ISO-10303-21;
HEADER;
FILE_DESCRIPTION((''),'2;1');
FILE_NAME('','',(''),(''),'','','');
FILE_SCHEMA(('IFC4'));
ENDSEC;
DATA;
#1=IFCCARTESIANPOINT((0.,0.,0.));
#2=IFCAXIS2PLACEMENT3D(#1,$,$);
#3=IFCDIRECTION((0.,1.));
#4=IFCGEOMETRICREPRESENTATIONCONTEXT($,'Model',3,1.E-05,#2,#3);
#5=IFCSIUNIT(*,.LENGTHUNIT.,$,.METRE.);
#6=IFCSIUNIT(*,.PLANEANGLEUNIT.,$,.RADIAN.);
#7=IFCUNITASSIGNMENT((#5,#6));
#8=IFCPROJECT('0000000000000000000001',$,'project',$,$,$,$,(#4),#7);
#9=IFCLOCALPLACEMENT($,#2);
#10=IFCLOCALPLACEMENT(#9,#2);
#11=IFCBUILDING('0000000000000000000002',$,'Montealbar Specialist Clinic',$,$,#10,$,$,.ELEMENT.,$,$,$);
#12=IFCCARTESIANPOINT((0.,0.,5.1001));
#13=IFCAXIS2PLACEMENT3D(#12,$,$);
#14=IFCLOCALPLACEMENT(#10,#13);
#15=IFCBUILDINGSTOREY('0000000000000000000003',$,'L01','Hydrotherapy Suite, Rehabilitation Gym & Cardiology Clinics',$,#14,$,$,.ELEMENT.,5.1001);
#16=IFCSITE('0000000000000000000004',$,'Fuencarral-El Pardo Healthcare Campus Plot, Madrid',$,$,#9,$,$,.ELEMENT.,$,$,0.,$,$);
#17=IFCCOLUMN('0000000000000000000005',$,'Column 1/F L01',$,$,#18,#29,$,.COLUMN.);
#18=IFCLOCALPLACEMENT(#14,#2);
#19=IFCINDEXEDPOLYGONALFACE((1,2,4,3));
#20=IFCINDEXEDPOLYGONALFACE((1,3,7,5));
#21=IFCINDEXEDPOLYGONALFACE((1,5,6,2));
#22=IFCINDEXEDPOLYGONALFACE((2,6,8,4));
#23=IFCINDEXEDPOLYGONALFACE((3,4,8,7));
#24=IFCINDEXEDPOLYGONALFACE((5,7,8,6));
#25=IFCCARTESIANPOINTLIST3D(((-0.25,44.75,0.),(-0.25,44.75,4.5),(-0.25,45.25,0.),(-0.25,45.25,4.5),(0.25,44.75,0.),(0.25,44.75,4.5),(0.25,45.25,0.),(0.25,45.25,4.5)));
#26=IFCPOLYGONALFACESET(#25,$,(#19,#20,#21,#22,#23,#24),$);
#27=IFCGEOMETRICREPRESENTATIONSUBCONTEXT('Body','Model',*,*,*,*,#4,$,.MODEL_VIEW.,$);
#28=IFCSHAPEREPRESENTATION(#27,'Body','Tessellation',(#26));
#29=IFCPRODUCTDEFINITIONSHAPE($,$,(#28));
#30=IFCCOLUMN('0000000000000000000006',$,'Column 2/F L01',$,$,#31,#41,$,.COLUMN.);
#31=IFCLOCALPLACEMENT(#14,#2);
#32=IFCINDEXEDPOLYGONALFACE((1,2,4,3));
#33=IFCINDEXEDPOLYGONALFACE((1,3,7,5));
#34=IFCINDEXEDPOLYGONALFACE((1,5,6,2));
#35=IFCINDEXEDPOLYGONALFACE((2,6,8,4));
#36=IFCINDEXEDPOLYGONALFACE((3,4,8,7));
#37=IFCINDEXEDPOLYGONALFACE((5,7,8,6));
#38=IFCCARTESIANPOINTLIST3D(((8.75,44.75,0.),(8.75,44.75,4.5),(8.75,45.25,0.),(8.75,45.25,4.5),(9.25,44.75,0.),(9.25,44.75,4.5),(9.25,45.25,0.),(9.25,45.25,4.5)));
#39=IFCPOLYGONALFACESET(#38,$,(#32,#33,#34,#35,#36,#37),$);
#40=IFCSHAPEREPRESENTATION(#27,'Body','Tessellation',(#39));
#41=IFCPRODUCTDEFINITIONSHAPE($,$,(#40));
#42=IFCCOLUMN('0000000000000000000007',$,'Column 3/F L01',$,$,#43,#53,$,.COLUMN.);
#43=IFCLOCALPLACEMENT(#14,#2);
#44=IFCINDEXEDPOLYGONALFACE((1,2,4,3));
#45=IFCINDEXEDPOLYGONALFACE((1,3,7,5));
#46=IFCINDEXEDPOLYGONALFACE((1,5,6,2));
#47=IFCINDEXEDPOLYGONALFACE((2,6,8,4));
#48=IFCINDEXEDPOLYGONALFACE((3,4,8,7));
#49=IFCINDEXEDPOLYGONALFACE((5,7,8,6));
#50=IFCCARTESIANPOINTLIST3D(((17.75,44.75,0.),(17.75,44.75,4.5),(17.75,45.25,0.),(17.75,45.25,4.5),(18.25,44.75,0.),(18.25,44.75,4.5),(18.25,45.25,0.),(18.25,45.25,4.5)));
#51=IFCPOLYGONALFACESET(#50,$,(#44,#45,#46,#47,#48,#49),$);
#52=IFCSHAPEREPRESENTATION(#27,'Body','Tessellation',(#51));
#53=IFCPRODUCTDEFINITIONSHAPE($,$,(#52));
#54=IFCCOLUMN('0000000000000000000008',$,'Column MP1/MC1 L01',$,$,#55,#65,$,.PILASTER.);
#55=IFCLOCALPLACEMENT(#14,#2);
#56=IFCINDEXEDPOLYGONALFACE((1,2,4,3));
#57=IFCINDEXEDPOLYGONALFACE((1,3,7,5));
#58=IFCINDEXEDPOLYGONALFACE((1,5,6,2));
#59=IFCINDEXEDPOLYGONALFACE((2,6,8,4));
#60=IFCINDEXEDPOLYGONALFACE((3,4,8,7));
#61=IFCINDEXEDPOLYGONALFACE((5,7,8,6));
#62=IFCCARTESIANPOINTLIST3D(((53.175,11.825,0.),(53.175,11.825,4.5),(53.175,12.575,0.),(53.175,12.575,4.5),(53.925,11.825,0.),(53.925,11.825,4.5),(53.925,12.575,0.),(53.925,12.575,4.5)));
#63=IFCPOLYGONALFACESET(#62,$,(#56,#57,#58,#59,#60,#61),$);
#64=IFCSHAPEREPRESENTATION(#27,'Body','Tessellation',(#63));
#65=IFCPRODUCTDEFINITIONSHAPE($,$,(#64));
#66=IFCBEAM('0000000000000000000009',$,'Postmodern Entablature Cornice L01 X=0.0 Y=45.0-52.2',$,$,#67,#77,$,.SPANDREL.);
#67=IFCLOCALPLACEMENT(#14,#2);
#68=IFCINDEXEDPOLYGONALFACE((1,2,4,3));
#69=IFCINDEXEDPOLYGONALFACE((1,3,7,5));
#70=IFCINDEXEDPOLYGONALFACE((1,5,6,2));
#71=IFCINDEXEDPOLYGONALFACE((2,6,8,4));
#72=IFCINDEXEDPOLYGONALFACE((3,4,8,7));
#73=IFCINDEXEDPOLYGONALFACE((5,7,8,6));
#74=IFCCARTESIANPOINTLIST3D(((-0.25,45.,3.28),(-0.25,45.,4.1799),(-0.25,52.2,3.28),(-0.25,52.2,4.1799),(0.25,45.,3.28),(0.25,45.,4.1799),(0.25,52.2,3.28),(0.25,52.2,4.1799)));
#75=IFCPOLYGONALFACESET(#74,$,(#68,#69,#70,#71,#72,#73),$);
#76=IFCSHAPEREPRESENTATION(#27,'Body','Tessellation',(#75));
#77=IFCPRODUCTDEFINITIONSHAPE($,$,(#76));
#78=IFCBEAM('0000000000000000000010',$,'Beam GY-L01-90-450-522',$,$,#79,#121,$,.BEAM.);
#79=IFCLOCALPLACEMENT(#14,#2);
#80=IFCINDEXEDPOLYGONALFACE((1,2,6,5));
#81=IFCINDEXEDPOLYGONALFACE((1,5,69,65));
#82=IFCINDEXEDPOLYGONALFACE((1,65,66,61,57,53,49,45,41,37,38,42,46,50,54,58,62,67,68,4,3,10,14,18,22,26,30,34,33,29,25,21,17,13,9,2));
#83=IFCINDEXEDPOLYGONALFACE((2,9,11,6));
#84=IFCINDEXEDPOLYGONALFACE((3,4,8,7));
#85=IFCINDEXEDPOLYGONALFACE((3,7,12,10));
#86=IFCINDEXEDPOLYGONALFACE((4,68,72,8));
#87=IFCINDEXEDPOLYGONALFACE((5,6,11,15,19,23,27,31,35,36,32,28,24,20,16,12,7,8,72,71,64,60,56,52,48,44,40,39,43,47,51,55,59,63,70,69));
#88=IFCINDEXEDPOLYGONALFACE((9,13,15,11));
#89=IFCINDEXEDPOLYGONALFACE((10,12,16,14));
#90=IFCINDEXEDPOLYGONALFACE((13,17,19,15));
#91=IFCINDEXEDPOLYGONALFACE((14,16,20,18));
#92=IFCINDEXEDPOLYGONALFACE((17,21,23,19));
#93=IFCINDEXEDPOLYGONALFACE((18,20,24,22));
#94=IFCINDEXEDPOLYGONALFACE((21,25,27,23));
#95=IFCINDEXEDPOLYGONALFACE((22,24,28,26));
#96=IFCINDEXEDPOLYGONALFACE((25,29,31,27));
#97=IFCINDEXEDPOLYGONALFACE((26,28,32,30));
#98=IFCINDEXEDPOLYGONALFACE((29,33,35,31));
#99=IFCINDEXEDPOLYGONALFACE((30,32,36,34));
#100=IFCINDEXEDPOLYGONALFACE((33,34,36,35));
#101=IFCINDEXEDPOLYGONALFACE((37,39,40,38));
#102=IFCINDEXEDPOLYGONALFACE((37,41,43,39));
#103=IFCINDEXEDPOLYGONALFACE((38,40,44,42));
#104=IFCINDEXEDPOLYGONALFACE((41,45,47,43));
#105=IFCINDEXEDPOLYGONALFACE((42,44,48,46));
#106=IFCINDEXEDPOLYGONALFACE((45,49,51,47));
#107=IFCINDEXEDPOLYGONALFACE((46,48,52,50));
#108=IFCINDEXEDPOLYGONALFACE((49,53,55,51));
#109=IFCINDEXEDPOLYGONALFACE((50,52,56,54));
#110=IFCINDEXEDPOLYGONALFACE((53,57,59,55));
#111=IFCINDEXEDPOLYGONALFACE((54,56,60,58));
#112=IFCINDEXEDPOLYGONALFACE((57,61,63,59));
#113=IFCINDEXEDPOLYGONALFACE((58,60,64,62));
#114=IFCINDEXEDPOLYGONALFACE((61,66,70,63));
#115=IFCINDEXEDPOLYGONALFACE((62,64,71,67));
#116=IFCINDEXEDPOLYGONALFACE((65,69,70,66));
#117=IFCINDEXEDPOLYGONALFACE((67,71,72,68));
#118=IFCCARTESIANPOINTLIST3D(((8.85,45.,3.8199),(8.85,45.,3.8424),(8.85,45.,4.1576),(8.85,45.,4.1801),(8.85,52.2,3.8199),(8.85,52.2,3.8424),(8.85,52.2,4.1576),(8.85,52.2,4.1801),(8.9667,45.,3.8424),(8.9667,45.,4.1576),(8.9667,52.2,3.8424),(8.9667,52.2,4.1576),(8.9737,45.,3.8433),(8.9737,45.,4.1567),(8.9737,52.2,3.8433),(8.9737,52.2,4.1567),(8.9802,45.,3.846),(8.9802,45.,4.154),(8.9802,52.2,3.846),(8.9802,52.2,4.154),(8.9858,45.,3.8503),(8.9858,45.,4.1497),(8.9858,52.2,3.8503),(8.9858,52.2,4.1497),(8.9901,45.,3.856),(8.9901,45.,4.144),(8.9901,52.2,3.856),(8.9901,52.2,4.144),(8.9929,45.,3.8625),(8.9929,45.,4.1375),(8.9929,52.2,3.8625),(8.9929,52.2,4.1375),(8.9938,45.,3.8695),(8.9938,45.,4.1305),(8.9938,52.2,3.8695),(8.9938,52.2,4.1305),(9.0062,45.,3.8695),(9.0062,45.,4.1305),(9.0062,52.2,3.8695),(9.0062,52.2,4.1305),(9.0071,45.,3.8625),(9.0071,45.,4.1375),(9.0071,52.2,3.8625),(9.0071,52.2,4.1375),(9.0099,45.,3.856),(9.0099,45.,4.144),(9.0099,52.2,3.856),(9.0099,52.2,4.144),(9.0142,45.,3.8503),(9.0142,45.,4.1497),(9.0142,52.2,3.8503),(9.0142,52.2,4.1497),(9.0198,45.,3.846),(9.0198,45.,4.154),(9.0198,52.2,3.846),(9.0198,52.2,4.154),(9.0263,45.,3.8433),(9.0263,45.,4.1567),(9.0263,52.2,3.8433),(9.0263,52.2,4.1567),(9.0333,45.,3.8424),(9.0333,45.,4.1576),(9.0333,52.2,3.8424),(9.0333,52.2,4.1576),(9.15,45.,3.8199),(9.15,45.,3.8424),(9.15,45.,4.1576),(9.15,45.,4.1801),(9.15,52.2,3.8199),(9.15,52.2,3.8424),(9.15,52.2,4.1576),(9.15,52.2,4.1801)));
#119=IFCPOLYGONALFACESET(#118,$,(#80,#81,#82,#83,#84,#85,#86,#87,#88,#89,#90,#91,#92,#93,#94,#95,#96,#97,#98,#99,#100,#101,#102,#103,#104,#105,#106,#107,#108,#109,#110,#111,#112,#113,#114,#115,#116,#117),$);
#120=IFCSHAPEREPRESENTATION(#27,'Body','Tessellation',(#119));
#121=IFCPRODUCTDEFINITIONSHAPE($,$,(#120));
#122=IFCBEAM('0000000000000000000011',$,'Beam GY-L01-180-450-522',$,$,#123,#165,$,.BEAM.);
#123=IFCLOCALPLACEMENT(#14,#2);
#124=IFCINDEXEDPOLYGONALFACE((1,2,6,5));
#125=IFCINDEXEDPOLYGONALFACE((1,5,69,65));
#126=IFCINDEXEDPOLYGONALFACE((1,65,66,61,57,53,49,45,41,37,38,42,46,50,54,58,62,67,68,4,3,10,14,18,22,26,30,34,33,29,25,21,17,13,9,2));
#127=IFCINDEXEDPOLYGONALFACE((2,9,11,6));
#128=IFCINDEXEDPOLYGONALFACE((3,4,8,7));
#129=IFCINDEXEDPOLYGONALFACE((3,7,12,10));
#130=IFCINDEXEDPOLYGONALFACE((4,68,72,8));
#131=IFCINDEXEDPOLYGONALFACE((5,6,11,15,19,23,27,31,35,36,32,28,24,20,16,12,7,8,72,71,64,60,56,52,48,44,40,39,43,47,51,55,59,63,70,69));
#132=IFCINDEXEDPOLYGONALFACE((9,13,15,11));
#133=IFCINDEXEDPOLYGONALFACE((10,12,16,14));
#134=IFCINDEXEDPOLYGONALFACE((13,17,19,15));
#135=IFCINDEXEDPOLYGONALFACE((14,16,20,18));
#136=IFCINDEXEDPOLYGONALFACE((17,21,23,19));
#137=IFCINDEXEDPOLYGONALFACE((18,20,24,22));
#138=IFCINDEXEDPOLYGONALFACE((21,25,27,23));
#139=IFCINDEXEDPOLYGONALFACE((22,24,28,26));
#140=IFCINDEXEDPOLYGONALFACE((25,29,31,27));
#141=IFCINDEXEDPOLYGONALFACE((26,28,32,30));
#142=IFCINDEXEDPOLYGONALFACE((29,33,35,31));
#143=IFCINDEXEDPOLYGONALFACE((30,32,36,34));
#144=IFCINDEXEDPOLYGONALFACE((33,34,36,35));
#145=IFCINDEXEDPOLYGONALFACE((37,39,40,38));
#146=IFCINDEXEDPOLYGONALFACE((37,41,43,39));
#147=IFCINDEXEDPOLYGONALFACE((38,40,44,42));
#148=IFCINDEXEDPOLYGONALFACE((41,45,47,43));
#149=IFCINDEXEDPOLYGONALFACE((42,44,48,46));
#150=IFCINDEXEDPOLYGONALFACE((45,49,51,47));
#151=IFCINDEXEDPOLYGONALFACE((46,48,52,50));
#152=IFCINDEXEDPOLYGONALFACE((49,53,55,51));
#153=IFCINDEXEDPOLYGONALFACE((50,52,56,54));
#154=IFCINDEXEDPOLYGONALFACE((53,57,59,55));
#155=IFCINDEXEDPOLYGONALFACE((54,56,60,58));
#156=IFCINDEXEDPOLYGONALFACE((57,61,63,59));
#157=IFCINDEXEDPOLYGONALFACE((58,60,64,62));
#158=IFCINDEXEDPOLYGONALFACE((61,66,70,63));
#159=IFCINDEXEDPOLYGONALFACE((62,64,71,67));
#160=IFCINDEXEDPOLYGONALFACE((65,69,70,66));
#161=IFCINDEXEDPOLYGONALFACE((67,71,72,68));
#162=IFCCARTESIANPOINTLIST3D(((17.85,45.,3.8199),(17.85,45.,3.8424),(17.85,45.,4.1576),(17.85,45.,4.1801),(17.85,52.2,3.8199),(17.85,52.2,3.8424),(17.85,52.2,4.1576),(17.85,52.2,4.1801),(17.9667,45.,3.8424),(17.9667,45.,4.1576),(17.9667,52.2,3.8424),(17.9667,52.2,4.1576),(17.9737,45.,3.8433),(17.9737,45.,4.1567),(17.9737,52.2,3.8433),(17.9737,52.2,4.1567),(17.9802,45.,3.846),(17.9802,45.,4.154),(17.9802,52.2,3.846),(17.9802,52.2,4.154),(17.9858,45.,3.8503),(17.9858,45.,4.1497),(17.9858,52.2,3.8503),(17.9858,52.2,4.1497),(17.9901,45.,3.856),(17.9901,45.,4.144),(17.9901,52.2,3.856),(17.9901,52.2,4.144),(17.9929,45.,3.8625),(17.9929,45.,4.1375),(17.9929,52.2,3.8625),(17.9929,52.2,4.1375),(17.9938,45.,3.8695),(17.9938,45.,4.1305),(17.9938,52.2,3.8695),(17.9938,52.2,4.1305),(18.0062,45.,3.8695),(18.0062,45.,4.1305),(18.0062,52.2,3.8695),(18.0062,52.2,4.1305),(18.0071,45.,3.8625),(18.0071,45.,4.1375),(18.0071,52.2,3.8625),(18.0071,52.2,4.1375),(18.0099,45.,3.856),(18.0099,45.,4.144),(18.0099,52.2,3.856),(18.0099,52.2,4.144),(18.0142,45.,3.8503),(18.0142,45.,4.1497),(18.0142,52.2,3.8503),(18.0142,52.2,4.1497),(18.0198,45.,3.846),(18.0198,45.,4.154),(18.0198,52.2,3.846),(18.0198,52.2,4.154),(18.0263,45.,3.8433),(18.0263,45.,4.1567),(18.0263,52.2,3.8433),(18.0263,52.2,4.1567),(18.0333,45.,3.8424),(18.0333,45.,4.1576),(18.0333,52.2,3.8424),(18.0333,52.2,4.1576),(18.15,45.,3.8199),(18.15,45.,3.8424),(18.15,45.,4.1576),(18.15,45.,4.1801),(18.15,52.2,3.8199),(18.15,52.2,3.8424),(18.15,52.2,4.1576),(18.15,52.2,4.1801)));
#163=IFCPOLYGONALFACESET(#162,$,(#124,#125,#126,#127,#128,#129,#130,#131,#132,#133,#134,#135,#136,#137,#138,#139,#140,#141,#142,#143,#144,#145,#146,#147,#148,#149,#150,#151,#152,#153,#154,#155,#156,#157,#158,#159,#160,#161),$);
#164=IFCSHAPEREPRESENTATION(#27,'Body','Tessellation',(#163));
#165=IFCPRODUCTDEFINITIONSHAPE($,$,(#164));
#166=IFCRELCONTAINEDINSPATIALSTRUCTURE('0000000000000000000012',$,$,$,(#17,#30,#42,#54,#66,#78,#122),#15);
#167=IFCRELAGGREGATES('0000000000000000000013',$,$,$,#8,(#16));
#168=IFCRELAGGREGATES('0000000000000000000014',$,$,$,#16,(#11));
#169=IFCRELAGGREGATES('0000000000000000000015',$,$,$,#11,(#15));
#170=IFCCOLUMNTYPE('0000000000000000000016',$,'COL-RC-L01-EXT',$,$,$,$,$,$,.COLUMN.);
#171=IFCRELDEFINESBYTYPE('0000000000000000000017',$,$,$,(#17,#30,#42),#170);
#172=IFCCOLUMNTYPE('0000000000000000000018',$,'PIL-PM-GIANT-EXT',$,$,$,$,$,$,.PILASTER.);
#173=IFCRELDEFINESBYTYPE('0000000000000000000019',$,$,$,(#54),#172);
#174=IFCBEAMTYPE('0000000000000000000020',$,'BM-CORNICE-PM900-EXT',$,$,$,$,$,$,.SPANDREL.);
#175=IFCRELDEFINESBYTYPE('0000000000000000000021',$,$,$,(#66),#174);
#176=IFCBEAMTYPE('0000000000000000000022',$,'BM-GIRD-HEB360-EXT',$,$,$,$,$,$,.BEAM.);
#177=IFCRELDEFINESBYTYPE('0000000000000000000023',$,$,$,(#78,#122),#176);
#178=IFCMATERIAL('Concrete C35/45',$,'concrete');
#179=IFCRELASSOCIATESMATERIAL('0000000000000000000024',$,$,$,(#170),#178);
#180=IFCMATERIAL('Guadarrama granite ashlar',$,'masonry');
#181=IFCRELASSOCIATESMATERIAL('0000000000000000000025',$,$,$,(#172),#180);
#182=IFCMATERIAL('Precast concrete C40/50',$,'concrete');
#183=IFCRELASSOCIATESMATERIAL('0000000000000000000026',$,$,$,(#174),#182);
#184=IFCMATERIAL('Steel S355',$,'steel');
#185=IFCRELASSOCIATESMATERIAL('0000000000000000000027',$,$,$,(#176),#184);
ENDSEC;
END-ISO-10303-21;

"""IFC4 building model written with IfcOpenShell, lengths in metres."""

from ifc_helpers import new_model, si_unit, direction, frame, origin, origin_2d, place, context, subcontext, project, spatial, rectangle, i_section, extrude, material, material_profile, profile_set, type_object, element, save


model = new_model("IFC4")

# Units and contexts
model_context = context("Model", 3, precision=1e-05, world=origin(), true_north=direction((0.0, 1.0)))
body_context = subcontext(model_context, "Body", "Model", "MODEL_VIEW")
ifc_project = project(units=[si_unit("LENGTHUNIT", "METRE"), si_unit("PLANEANGLEUNIT", "RADIAN")], contexts=[model_context])

# Site, building, storey
site_placement = place(None, origin())
site = spatial("IfcSite", under=ifc_project, at=site_placement, Name="Fuencarral-El Pardo Healthcare Campus Plot, Madrid", CompositionType="ELEMENT", RefElevation=0.0)
building_placement = place(site_placement, origin())
building = spatial("IfcBuilding", under=site, at=building_placement, Name="Montealbar Specialist Clinic", CompositionType="ELEMENT")
storey_placement = place(building_placement, frame((0.0, 0.0, 5.1001)))
storey = spatial("IfcBuildingStorey", under=building, at=storey_placement, Name="L01", Description="Hydrotherapy Suite, Rehabilitation Gym & Cardiology Clinics", CompositionType="ELEMENT", Elevation=5.1001)

# Columns
ifc_material_1 = material(Name="Concrete C35/45", Category="concrete")
ifc_material_profile_1 = material_profile(ifc_material_1, rectangle(XDim=0.5, YDim=0.5, at=origin_2d()), Name="RC 500x500", Category="concrete")
ifc_profile_set_1 = profile_set([ifc_material_profile_1], Name="Concrete C35/45")
column_type_1 = type_object("IfcColumnType", Name="COL-RC-L01-EXT", PredefinedType="COLUMN", material=ifc_profile_set_1)
for number, where, z_axis, x_axis, name in (
    (1, (0.0, 45.0, 0.0), (0.0, 0.0, 1.0), (1.0, 0.0, 0.0), "Column 1/F L01"),
    (2, (9.0, 45.0, 0.0), (0.0, 0.0, 1.0), (1.0, 0.0, 0.0), "Column 2/F L01"),
    (3, (18.0, 45.0, 0.0), (0.0, 0.0, 1.0), (1.0, 0.0, 0.0), "Column 3/F L01"),
):
    element("IfcColumn", number, at=place(storey_placement, frame(where, z_axis=z_axis, x_axis=x_axis)), inside=storey, type_object=column_type_1, Name=name, PredefinedType="COLUMN", context=body_context, shape_type="SweptSolid", body=[
        extrude(rectangle(XDim=0.5, YDim=0.5, at=origin_2d()), origin(), (0.0, 0.0, 1.0), 4.5),
    ])
ifc_material_2 = material(Name="Guadarrama granite ashlar", Category="masonry")
ifc_material_profile_2 = material_profile(ifc_material_2, rectangle(XDim=0.75, YDim=0.75, at=origin_2d()), Name="GRANITE PILASTER 750x750", Category="masonry")
ifc_profile_set_2 = profile_set([ifc_material_profile_2], Name="Guadarrama granite ashlar")
column_type_2 = type_object("IfcColumnType", Name="PIL-PM-GIANT-EXT", PredefinedType="PILASTER", material=ifc_profile_set_2)
column_placement = place(storey_placement, frame((53.55, 12.2, 0.0), z_axis=(0.0, 0.0, 1.0), x_axis=(1.0, 0.0, 0.0)))
element("IfcColumn", 4, at=column_placement, inside=storey, type_object=column_type_2, Name="Column MP1/MC1 L01", PredefinedType="PILASTER", context=body_context, shape_type="SweptSolid", body=[
    extrude(rectangle(XDim=0.75, YDim=0.75, at=origin_2d()), origin(), (0.0, 0.0, 1.0), 4.5),
])

# Beams
ifc_material_3 = material(Name="Precast concrete C40/50", Category="concrete")
ifc_material_profile_3 = material_profile(ifc_material_3, rectangle(XDim=0.5, YDim=0.8999, at=origin_2d()), Name="PRECAST CORNICE 500x900", Category="concrete")
ifc_profile_set_3 = profile_set([ifc_material_profile_3], Name="Precast concrete C40/50")
beam_type_1 = type_object("IfcBeamType", Name="BM-CORNICE-PM900-EXT", PredefinedType="SPANDREL", material=ifc_profile_set_3)
beam_1_placement = place(storey_placement, frame((0.0, 45.0, 3.73), z_axis=(0.0, 1.0, 0.0), x_axis=(-1.0, 0.0, 0.0)))
element("IfcBeam", 5, at=beam_1_placement, inside=storey, type_object=beam_type_1, Name="Postmodern Entablature Cornice L01 X=0.0 Y=45.0-52.2", PredefinedType="SPANDREL", context=body_context, shape_type="SweptSolid", body=[
    extrude(rectangle(XDim=0.5, YDim=0.8999, at=origin_2d()), origin(), (0.0, 0.0, 1.0), 7.2),
])
ifc_material_4 = material(Name="Steel S355", Category="steel")
ifc_material_profile_4 = material_profile(ifc_material_4, i_section(OverallWidth=0.3, OverallDepth=0.3601, WebThickness=0.0125, FlangeThickness=0.0225, FilletRadius=0.0271, at=origin_2d()), Name="HEB 360", Category="steel")
ifc_profile_set_4 = profile_set([ifc_material_profile_4], Name="Steel S355")
beam_type_2 = type_object("IfcBeamType", Name="BM-GIRD-HEB360-EXT", PredefinedType="BEAM", material=ifc_profile_set_4)
for number, where, z_axis, x_axis, name in (
    (6, (9.0, 45.0, 4.0), (0.0, 1.0, 0.0), (-1.0, 0.0, 0.0), "Beam GY-L01-90-450-522"),
    (7, (18.0, 45.0, 4.0), (0.0, 1.0, 0.0), (-1.0, 0.0, 0.0), "Beam GY-L01-180-450-522"),
):
    element("IfcBeam", number, at=place(storey_placement, frame(where, z_axis=z_axis, x_axis=x_axis)), inside=storey, type_object=beam_type_2, Name=name, PredefinedType="BEAM", context=body_context, shape_type="SweptSolid", body=[
        extrude(i_section(OverallWidth=0.3, OverallDepth=0.3601, WebThickness=0.0125, FlangeThickness=0.0225, FilletRadius=0.0271, at=origin_2d()), origin(), (0.0, 0.0, 1.0), 7.2),
    ])

save(model, "model.ifc")
